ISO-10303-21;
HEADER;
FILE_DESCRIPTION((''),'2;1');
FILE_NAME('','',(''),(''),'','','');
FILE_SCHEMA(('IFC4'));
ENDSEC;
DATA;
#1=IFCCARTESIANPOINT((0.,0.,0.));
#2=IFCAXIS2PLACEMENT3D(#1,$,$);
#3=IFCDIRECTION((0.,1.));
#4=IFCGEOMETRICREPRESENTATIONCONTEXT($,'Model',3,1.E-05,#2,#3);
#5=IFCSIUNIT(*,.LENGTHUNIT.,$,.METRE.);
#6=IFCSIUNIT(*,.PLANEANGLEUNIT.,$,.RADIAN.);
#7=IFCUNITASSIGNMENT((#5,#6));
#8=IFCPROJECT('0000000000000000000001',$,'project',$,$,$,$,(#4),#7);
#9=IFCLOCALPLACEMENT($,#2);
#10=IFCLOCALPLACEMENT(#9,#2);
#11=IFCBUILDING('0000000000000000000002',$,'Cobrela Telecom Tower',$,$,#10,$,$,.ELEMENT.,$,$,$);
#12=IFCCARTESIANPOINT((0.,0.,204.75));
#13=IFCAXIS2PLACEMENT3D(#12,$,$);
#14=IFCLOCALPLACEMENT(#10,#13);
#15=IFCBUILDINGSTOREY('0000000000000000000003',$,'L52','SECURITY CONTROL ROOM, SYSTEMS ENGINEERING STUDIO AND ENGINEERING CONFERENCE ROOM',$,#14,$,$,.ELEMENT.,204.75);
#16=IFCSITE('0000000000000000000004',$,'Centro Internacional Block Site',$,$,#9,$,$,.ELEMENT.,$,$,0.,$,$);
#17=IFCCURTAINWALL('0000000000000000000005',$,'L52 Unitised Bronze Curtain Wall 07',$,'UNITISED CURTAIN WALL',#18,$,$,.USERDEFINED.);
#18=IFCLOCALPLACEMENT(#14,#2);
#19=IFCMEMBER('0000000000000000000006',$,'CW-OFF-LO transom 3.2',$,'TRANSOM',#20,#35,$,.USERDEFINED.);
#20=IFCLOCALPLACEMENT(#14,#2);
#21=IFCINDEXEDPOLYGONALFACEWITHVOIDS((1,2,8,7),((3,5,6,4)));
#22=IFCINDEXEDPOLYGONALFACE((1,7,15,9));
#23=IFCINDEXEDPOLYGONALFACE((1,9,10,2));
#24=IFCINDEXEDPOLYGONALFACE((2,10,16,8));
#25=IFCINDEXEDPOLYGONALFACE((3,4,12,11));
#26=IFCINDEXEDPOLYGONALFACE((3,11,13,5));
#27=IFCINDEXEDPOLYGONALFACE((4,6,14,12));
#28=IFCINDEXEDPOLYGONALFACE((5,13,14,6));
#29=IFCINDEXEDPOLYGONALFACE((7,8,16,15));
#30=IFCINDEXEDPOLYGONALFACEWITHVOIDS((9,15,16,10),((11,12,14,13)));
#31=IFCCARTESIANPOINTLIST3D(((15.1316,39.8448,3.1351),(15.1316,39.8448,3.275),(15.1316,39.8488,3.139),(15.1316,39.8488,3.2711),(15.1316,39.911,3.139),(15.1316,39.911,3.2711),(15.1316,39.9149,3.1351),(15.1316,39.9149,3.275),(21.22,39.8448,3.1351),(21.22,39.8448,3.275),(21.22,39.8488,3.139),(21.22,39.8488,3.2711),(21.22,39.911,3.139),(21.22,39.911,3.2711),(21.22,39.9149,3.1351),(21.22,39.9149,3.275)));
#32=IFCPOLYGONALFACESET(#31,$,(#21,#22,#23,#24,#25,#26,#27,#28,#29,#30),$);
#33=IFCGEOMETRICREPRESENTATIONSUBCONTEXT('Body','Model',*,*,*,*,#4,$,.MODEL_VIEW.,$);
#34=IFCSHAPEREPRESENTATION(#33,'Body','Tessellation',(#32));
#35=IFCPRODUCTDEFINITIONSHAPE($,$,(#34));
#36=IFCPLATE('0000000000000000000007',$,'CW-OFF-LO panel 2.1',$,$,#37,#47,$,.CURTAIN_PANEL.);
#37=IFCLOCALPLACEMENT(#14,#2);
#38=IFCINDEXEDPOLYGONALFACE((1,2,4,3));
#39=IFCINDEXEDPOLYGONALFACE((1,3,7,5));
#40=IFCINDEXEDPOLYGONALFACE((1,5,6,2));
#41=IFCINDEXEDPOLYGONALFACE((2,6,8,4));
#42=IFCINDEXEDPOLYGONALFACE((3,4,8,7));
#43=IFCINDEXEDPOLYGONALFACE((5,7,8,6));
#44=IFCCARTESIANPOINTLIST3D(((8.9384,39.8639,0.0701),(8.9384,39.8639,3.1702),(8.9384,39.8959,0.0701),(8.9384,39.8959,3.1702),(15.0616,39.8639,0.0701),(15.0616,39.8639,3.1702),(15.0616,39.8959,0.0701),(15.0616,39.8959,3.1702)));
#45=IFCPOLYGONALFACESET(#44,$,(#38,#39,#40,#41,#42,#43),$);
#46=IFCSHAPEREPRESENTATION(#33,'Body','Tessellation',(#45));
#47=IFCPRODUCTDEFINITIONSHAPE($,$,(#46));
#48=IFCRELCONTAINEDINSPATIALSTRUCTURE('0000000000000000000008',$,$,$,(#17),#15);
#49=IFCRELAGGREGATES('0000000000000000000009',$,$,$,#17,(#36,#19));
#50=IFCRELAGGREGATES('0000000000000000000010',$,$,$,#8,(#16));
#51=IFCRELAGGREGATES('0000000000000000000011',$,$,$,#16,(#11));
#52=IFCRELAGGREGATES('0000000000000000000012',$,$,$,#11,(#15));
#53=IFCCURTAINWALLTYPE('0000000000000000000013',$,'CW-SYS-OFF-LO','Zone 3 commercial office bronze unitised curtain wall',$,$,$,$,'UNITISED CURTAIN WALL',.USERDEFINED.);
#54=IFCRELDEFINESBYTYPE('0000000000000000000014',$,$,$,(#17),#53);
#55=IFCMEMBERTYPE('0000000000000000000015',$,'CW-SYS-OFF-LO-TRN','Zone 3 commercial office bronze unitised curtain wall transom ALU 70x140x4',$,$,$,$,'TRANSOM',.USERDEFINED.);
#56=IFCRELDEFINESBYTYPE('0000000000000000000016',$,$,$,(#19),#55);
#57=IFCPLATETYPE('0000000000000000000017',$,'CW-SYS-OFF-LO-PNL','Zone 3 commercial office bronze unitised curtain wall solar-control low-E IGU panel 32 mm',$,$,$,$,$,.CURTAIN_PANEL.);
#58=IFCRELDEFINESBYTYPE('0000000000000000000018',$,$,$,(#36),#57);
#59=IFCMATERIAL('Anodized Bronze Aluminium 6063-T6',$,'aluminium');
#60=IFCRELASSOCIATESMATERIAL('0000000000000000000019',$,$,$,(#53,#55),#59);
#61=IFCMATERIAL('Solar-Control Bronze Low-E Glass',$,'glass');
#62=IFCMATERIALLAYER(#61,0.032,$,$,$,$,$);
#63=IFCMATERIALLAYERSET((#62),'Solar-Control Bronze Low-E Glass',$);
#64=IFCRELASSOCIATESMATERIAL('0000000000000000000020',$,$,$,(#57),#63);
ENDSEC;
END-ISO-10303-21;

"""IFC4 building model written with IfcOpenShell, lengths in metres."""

from ifc_helpers import new_model, si_unit, direction, frame, origin, origin_2d, place, context, subcontext, project, spatial, rectangle, hollow_rectangle, extrude, material, layer, layer_set, material_profile, profile_set, type_object, element, aggregate, save


model = new_model("IFC4")

# Units and contexts
model_context = context("Model", 3, precision=1e-05, world=origin(), true_north=direction((0.0, 1.0)))
body_context = subcontext(model_context, "Body", "Model", "MODEL_VIEW")
ifc_project = project(units=[si_unit("LENGTHUNIT", "METRE"), si_unit("PLANEANGLEUNIT", "RADIAN")], contexts=[model_context])

# Site, building, storey
site_placement = place(None, origin())
site = spatial("IfcSite", under=ifc_project, at=site_placement, Name="Centro Internacional Block Site", CompositionType="ELEMENT", RefElevation=0.0)
building_placement = place(site_placement, origin())
building = spatial("IfcBuilding", under=site, at=building_placement, Name="Cobrela Telecom Tower", CompositionType="ELEMENT")
storey_placement = place(building_placement, frame((0.0, 0.0, 204.75)))
storey = spatial("IfcBuildingStorey", under=building, at=storey_placement, Name="L52", Description="SECURITY CONTROL ROOM, SYSTEMS ENGINEERING STUDIO AND ENGINEERING CONFERENCE ROOM", CompositionType="ELEMENT", Elevation=204.75)

# Curtain wall, member, plate
ifc_material_1 = material(Name="Anodized Bronze Aluminium 6063-T6", Category="aluminium")
curtain_wall_type = type_object("IfcCurtainWallType", Name="CW-SYS-OFF-LO", Description="Zone 3 commercial office bronze unitised curtain wall", ElementType="UNITISED CURTAIN WALL", PredefinedType="USERDEFINED", material=ifc_material_1)
curtain_wall_placement = place(storey_placement, origin())
curtain_wall = element("IfcCurtainWall", 1, at=curtain_wall_placement, inside=storey, type_object=curtain_wall_type, Name="L52 Unitised Bronze Curtain Wall 07", ObjectType="UNITISED CURTAIN WALL", PredefinedType="USERDEFINED")
ifc_material_profile_1 = material_profile(ifc_material_1, hollow_rectangle(XDim=0.0701, YDim=0.1399, WallThickness=0.0039, at=origin_2d()), Name="ALU 70x140x4")
ifc_profile_set_1 = profile_set([ifc_material_profile_1], Name="Anodized Bronze Aluminium 6063-T6")
member_type_1 = type_object("IfcMemberType", Name="CW-SYS-OFF-LO-TRN", Description="Zone 3 commercial office bronze unitised curtain wall transom ALU 70x140x4", ElementType="TRANSOM", PredefinedType="USERDEFINED", material=ifc_profile_set_1)
member_1_placement = place(storey_placement, frame((15.1316, 39.8799, 3.2051), z_axis=(1.0, 0.0, 0.0), x_axis=(0.0, 1.0, 0.0)))
member_1 = element("IfcMember", 2, at=member_1_placement, type_object=member_type_1, Name="CW-OFF-LO transom 3.2", ObjectType="TRANSOM", PredefinedType="USERDEFINED", context=body_context, shape_type="SweptSolid", body=[
    extrude(hollow_rectangle(XDim=0.0701, YDim=0.1399, WallThickness=0.0039, at=origin_2d()), origin(), (0.0, 0.0, 1.0), 6.0884),
])
ifc_material_2 = material(Name="Solar-Control Bronze Low-E Glass", Category="glass")
ifc_layer_1 = layer(ifc_material_2, 0.032)
ifc_layer_set_1 = layer_set([ifc_layer_1], Name="Solar-Control Bronze Low-E Glass")
plate_type = type_object("IfcPlateType", Name="CW-SYS-OFF-LO-PNL", Description="Zone 3 commercial office bronze unitised curtain wall solar-control low-E IGU panel 32 mm", PredefinedType="CURTAIN_PANEL", material=ifc_layer_set_1)
plate_placement = place(storey_placement, frame((12.0, 39.8799, 0.0701), z_axis=(0.0, 0.0, 1.0), x_axis=(1.0, 0.0, 0.0)))
plate = element("IfcPlate", 3, at=plate_placement, type_object=plate_type, Name="CW-OFF-LO panel 2.1", PredefinedType="CURTAIN_PANEL", context=body_context, shape_type="SweptSolid", body=[
    extrude(rectangle(XDim=6.1233, YDim=0.032, at=origin_2d()), origin(), (0.0, 0.0, 1.0), 3.1001),
])
aggregate(curtain_wall, [plate, member_1])

save(model, "model.ifc")
